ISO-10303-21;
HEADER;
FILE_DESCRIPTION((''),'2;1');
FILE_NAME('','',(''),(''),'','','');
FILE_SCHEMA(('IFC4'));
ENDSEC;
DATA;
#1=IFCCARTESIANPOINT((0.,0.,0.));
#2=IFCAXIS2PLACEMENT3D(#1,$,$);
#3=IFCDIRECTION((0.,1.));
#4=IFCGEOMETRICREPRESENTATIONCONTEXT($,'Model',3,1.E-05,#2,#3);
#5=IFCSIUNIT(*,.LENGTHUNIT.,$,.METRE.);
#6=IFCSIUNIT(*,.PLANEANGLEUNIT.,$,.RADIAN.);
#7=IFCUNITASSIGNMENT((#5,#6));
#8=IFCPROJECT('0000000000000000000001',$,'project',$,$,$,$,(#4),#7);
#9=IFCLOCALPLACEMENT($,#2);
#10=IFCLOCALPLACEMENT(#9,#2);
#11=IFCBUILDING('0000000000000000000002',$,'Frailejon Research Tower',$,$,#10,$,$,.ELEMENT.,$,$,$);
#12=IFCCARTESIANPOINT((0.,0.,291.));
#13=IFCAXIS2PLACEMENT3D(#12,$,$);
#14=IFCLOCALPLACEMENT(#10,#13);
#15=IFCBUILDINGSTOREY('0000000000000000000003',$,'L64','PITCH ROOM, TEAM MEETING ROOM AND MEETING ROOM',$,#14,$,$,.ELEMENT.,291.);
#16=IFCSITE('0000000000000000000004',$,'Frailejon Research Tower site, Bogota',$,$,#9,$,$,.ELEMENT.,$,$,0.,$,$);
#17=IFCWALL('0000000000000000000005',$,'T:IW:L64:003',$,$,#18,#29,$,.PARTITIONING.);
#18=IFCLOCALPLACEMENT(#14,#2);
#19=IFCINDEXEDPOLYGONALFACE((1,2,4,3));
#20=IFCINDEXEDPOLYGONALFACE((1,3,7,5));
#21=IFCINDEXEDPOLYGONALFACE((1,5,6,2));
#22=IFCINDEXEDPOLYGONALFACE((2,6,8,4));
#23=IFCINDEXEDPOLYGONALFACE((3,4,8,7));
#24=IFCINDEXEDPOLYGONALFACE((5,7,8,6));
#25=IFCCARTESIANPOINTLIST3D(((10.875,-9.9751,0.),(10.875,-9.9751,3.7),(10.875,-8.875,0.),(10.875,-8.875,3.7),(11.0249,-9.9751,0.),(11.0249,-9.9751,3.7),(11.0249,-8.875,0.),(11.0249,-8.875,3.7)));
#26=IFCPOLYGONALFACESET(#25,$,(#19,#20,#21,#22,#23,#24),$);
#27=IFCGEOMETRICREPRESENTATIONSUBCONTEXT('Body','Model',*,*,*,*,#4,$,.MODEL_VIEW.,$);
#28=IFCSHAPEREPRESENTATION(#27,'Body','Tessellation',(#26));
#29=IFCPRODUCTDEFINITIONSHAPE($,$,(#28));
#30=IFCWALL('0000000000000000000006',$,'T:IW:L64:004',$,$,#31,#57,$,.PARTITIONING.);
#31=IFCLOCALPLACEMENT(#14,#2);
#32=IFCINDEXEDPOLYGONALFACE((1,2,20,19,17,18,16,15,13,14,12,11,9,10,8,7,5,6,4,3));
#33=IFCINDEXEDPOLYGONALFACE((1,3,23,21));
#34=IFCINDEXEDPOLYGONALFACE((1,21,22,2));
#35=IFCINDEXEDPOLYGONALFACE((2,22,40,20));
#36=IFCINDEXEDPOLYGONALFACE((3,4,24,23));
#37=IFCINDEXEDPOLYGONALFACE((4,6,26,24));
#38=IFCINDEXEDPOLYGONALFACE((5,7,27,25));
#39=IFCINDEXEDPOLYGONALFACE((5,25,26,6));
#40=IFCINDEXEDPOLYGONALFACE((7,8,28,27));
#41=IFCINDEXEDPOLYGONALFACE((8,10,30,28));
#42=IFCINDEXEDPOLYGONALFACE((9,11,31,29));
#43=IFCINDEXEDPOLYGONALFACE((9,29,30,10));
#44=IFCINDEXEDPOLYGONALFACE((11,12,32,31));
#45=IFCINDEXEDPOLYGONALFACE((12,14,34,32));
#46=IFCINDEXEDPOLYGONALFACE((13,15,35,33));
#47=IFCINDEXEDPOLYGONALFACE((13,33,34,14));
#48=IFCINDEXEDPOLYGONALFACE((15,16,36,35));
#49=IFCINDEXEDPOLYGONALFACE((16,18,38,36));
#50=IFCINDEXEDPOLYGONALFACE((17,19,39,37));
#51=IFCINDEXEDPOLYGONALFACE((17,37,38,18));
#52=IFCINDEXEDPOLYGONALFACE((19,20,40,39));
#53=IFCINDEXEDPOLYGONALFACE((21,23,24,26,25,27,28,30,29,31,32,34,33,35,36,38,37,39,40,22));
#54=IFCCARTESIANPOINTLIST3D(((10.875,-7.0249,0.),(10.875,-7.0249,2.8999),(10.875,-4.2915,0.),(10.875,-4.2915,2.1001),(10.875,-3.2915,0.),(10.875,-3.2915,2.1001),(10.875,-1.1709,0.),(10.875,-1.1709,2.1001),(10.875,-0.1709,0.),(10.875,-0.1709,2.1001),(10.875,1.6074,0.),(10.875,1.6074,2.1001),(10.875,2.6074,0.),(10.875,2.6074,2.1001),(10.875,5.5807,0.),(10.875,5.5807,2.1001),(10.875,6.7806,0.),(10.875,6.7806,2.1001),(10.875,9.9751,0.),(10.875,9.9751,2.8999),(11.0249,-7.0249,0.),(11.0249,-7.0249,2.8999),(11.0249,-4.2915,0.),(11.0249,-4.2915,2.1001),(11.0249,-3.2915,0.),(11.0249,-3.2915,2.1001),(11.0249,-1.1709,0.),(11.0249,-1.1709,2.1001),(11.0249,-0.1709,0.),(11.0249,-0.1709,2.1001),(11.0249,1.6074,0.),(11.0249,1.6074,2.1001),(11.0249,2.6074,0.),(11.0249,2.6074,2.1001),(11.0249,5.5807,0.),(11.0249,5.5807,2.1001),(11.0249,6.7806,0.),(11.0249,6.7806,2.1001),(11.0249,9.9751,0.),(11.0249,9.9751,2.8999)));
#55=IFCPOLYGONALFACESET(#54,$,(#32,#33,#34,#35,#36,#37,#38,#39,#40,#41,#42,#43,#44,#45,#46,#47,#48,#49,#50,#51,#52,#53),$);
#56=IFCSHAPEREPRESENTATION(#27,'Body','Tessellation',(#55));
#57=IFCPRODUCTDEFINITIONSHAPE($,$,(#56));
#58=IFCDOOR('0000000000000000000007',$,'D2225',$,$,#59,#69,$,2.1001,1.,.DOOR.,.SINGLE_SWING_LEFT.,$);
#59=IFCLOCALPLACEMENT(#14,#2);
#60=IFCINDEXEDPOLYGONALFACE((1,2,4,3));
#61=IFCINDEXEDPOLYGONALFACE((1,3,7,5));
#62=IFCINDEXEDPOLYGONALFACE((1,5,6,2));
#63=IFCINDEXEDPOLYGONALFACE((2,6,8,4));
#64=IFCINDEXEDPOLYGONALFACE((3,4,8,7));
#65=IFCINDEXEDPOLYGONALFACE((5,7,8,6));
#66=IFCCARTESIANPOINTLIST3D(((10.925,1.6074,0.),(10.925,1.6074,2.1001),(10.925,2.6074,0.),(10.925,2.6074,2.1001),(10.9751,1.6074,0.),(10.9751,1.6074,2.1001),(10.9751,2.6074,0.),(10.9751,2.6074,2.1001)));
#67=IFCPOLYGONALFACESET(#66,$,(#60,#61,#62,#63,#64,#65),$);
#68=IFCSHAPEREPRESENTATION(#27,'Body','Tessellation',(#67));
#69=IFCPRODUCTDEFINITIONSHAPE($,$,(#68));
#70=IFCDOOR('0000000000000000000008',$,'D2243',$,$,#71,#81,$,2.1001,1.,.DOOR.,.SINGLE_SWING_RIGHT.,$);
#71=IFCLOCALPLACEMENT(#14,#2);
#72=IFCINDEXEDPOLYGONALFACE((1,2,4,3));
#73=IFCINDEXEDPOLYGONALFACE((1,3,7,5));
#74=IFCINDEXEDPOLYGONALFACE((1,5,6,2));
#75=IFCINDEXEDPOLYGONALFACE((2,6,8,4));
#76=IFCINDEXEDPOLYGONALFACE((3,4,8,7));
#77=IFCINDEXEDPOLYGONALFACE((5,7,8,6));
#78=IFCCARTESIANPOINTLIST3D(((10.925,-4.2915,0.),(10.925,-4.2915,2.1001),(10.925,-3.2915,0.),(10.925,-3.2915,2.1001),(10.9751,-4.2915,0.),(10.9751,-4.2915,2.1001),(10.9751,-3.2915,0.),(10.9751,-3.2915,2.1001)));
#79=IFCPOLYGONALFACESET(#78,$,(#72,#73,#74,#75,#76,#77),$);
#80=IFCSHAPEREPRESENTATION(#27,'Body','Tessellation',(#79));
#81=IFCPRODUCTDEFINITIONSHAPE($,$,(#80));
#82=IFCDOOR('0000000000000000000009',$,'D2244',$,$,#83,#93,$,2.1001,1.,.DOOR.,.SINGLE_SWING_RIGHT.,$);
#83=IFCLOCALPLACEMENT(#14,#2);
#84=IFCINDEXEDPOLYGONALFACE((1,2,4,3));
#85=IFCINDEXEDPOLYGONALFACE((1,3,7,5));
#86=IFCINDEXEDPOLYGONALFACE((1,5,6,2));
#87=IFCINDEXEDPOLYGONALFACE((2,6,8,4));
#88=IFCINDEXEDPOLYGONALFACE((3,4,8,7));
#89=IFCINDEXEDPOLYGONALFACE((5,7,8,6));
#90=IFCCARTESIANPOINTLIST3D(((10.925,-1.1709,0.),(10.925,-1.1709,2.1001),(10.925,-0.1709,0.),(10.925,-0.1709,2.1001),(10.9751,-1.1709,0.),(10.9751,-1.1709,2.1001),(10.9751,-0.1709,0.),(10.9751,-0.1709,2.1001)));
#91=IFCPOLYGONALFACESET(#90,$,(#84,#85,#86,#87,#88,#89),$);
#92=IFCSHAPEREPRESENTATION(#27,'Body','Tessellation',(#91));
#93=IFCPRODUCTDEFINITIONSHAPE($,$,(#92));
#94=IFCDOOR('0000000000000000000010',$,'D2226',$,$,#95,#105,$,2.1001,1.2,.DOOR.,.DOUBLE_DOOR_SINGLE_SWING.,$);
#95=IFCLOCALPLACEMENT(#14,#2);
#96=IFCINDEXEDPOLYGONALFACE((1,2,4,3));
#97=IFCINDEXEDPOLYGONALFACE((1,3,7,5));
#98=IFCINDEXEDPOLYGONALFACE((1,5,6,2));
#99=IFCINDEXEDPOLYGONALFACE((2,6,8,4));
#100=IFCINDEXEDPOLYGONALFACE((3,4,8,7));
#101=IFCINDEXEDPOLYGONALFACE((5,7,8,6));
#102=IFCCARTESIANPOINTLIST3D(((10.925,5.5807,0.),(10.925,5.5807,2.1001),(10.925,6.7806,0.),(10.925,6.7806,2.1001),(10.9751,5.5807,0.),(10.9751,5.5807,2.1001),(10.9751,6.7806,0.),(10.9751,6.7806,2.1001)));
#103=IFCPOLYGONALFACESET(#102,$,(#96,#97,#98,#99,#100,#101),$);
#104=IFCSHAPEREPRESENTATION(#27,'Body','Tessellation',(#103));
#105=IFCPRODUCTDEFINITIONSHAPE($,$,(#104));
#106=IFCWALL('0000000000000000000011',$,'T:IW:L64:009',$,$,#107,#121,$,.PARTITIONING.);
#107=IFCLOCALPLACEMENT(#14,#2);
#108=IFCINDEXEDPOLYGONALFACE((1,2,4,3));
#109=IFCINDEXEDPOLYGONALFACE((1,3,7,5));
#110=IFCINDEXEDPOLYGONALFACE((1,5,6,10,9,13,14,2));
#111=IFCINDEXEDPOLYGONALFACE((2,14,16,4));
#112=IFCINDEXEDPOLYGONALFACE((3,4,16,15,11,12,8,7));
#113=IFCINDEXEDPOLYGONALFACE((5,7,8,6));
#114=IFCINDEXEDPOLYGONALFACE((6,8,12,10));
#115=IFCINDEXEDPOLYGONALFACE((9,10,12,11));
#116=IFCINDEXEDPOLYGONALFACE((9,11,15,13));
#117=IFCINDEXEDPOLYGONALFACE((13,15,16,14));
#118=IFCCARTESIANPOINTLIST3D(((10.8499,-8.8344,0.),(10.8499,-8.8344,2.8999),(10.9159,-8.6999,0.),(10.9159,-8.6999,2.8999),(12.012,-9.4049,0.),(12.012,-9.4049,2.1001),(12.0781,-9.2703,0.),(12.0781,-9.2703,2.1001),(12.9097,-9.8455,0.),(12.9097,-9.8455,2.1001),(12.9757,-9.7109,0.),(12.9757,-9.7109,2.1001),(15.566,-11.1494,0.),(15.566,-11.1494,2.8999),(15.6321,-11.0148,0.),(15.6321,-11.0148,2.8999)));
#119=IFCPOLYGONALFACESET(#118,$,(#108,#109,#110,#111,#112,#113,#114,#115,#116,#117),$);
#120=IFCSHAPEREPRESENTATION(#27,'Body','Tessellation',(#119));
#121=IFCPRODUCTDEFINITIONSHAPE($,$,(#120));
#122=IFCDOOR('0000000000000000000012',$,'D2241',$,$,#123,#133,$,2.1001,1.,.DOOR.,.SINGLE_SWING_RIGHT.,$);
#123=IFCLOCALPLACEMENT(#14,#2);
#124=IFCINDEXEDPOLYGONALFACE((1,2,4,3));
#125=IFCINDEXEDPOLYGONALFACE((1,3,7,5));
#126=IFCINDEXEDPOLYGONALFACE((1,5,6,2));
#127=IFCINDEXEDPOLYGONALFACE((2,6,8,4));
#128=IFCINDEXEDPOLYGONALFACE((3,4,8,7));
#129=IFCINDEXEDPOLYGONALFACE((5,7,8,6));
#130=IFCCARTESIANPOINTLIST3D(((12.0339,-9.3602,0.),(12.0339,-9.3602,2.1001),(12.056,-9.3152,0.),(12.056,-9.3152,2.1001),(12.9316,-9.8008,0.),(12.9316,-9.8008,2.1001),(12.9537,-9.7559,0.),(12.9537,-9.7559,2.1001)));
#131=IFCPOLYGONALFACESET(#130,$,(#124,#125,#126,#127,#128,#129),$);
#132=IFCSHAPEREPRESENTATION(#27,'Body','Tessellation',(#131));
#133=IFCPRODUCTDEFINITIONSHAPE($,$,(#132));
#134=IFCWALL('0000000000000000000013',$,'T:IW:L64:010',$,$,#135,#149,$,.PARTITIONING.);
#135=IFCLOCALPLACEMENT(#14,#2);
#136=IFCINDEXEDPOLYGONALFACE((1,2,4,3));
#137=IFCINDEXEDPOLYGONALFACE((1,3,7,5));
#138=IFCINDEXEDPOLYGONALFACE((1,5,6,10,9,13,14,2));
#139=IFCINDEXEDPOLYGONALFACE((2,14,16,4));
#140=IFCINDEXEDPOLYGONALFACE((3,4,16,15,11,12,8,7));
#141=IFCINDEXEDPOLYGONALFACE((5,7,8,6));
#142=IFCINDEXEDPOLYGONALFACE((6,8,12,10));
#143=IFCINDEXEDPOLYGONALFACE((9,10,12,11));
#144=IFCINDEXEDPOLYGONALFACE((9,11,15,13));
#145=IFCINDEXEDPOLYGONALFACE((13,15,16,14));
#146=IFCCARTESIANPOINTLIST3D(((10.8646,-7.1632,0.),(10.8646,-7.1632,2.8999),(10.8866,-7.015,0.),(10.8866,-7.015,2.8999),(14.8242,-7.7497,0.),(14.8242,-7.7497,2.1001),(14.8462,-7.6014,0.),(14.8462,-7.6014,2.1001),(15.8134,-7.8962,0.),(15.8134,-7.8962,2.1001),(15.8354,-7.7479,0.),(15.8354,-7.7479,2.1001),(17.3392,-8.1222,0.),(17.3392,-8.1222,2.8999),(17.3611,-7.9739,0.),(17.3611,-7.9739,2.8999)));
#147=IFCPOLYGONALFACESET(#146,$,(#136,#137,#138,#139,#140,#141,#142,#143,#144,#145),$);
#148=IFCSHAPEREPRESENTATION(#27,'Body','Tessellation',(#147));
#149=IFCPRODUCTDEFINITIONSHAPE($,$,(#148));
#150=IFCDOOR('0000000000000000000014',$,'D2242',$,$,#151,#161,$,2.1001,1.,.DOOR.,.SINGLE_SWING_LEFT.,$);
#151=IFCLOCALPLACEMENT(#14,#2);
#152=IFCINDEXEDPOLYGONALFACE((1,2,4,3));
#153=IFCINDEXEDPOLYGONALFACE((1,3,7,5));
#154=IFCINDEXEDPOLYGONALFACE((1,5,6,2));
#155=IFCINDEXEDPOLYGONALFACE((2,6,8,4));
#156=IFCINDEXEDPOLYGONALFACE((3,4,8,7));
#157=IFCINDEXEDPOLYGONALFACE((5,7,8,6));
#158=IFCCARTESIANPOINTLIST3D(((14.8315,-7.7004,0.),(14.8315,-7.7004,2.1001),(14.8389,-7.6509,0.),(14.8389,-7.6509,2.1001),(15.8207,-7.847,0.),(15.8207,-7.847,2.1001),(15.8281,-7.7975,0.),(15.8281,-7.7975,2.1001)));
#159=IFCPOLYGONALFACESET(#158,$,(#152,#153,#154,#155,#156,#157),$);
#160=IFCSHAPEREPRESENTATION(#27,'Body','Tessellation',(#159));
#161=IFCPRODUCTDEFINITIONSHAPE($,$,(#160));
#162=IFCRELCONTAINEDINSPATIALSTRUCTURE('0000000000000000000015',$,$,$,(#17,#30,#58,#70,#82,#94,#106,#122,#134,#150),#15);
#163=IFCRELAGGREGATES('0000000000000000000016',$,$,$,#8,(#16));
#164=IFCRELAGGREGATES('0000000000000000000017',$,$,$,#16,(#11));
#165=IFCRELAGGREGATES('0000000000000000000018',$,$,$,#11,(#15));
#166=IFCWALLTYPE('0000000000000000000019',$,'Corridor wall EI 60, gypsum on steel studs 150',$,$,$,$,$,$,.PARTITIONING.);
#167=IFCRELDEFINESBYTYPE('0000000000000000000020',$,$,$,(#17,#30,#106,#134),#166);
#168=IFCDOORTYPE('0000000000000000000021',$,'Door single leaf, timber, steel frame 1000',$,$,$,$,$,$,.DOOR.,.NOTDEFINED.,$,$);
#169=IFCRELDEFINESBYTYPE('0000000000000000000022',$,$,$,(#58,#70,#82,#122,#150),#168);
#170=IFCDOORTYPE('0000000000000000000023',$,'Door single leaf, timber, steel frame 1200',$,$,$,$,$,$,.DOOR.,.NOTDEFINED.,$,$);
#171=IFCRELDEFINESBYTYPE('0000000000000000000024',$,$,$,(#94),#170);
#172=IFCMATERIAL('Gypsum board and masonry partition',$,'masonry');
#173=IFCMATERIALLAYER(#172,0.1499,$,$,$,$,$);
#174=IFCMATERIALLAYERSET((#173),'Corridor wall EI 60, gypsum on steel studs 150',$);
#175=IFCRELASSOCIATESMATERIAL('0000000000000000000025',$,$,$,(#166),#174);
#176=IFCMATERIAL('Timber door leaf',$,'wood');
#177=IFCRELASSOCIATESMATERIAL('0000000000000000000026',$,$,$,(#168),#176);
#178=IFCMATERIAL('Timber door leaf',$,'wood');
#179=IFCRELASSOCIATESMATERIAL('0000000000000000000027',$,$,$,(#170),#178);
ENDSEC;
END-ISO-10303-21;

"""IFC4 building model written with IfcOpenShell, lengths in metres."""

from ifc_helpers import new_model, si_unit, direction, frame, frame_2d, origin, place, context, subcontext, project, spatial, rectangle, extrude, material, layer, layer_set, type_object, element, fill, save


model = new_model("IFC4")

# Units and contexts
model_context = context("Model", 3, precision=1e-05, world=origin(), true_north=direction((0.0, 1.0)))
body_context = subcontext(model_context, "Body", "Model", "MODEL_VIEW")
ifc_project = project(units=[si_unit("LENGTHUNIT", "METRE"), si_unit("PLANEANGLEUNIT", "RADIAN")], contexts=[model_context])

# Site, building, storey
site_placement = place(None, origin())
site = spatial("IfcSite", under=ifc_project, at=site_placement, Name="Frailejon Research Tower site, Bogota", CompositionType="ELEMENT", RefElevation=0.0)
building_placement = place(site_placement, origin())
building = spatial("IfcBuilding", under=site, at=building_placement, Name="Frailejon Research Tower", CompositionType="ELEMENT")
storey_placement = place(building_placement, frame((0.0, 0.0, 291.0)))
storey = spatial("IfcBuildingStorey", under=building, at=storey_placement, Name="L64", Description="PITCH ROOM, TEAM MEETING ROOM AND MEETING ROOM", CompositionType="ELEMENT", Elevation=291.0)

# Wall
ifc_material_1 = material(Name="Gypsum board and masonry partition", Category="masonry")
ifc_layer_1 = layer(ifc_material_1, 0.1499)
ifc_layer_set_1 = layer_set([ifc_layer_1], Name="Corridor wall EI 60, gypsum on steel studs 150")
wall_type_1 = type_object("IfcWallType", Name="Corridor wall EI 60, gypsum on steel studs 150", PredefinedType="PARTITIONING", material=ifc_layer_set_1)
wall_1_placement = place(storey_placement, frame((10.95, -9.9751, 0.0), z_axis=(0.0, 0.0, 1.0), x_axis=(0.0, 1.0, 0.0)))
element("IfcWall", 1, at=wall_1_placement, inside=storey, type_object=wall_type_1, Name="T:IW:L64:003", PredefinedType="PARTITIONING", context=body_context, shape_type="SweptSolid", body=[
    extrude(rectangle(XDim=1.1001, YDim=0.1499, at=frame_2d((0.55, 0.0))), origin(), (0.0, 0.0, 1.0), 3.7),
])

# Wall, openings, doors
wall_2_placement = place(storey_placement, frame((10.95, -7.0249, 0.0), z_axis=(0.0, 0.0, 1.0), x_axis=(0.0, 1.0, 0.0)))
wall_2 = element("IfcWall", 2, at=wall_2_placement, inside=storey, type_object=wall_type_1, Name="T:IW:L64:004", PredefinedType="PARTITIONING", context=body_context, shape_type="SweptSolid", body=[
    extrude(rectangle(XDim=17.0, YDim=0.1499, at=frame_2d((8.5, 0.0))), origin(), (0.0, 0.0, 1.0), 2.8999),
])
opening_1_placement = place(wall_2_placement, frame((8.6323, 0.0, 0.0)))
opening_1 = element("IfcOpeningElement", 3, at=opening_1_placement, cuts=wall_2, PredefinedType="OPENING", context=body_context, shape_type="SweptSolid", body=[
    extrude(rectangle(XDim=1.0, YDim=2.1001, at=frame_2d((0.5, 1.05))), frame((0.0, 0.085, 0.0), z_axis=(0.0, -1.0, 0.0), x_axis=(1.0, 0.0, 0.0)), (0.0, 0.0, 1.0), 0.1699),
])
opening_2_placement = place(wall_2_placement, frame((12.6055, 0.0, 0.0)))
opening_2 = element("IfcOpeningElement", 4, at=opening_2_placement, cuts=wall_2, PredefinedType="OPENING", context=body_context, shape_type="SweptSolid", body=[
    extrude(rectangle(XDim=1.2, YDim=2.1001, at=frame_2d((0.6001, 1.05))), frame((0.0, 0.085, 0.0), z_axis=(0.0, -1.0, 0.0), x_axis=(1.0, 0.0, 0.0)), (0.0, 0.0, 1.0), 0.1699),
])
opening_3_placement = place(wall_2_placement, frame((2.7334, 0.0, 0.0)))
opening_3 = element("IfcOpeningElement", 5, at=opening_3_placement, cuts=wall_2, PredefinedType="OPENING", context=body_context, shape_type="SweptSolid", body=[
    extrude(rectangle(XDim=1.0, YDim=2.1001, at=frame_2d((0.5, 1.05))), frame((0.0, 0.085, 0.0), z_axis=(0.0, -1.0, 0.0), x_axis=(1.0, 0.0, 0.0)), (0.0, 0.0, 1.0), 0.1699),
])
opening_4_placement = place(wall_2_placement, frame((5.854, 0.0, 0.0)))
opening_4 = element("IfcOpeningElement", 6, at=opening_4_placement, cuts=wall_2, PredefinedType="OPENING", context=body_context, shape_type="SweptSolid", body=[
    extrude(rectangle(XDim=1.0, YDim=2.1001, at=frame_2d((0.5, 1.05))), frame((0.0, 0.085, 0.0), z_axis=(0.0, -1.0, 0.0), x_axis=(1.0, 0.0, 0.0)), (0.0, 0.0, 1.0), 0.1699),
])
ifc_material_2 = material(Name="Timber door leaf", Category="wood")
door_type_1 = type_object("IfcDoorType", Name="Door single leaf, timber, steel frame 1000", OperationType="NOTDEFINED", PredefinedType="DOOR", material=ifc_material_2)
door_1_placement = place(opening_1_placement, origin())
door_1 = element("IfcDoor", 7, at=door_1_placement, inside=storey, type_object=door_type_1, Name="D2225", OperationType="SINGLE_SWING_LEFT", OverallHeight=2.1001, OverallWidth=1.0, PredefinedType="DOOR", context=body_context, shape_type="SweptSolid", body=[
    extrude(rectangle(XDim=1.0, YDim=2.1001, at=frame_2d((0.5, 1.05))), frame((0.0, 0.0249, 0.0), z_axis=(0.0, -1.0, 0.0), x_axis=(1.0, 0.0, 0.0)), (0.0, 0.0, 1.0), 0.05),
])
fill(opening_1, door_1)
door_2_placement = place(opening_3_placement, origin())
door_2 = element("IfcDoor", 8, at=door_2_placement, inside=storey, type_object=door_type_1, Name="D2243", OperationType="SINGLE_SWING_RIGHT", OverallHeight=2.1001, OverallWidth=1.0, PredefinedType="DOOR", context=body_context, shape_type="SweptSolid", body=[
    extrude(rectangle(XDim=1.0, YDim=2.1001, at=frame_2d((0.5, 1.05))), frame((0.0, 0.0249, 0.0), z_axis=(0.0, -1.0, 0.0), x_axis=(1.0, 0.0, 0.0)), (0.0, 0.0, 1.0), 0.05),
])
fill(opening_3, door_2)
door_3_placement = place(opening_4_placement, origin())
door_3 = element("IfcDoor", 9, at=door_3_placement, inside=storey, type_object=door_type_1, Name="D2244", OperationType="SINGLE_SWING_RIGHT", OverallHeight=2.1001, OverallWidth=1.0, PredefinedType="DOOR", context=body_context, shape_type="SweptSolid", body=[
    extrude(rectangle(XDim=1.0, YDim=2.1001, at=frame_2d((0.5, 1.05))), frame((0.0, 0.0249, 0.0), z_axis=(0.0, -1.0, 0.0), x_axis=(1.0, 0.0, 0.0)), (0.0, 0.0, 1.0), 0.05),
])
fill(opening_4, door_3)
ifc_material_3 = material(Name="Timber door leaf", Category="wood")
door_type_2 = type_object("IfcDoorType", Name="Door single leaf, timber, steel frame 1200", OperationType="NOTDEFINED", PredefinedType="DOOR", material=ifc_material_3)
door_4_placement = place(opening_2_placement, origin())
door_4 = element("IfcDoor", 10, at=door_4_placement, inside=storey, type_object=door_type_2, Name="D2226", OperationType="DOUBLE_DOOR_SINGLE_SWING", OverallHeight=2.1001, OverallWidth=1.2, PredefinedType="DOOR", context=body_context, shape_type="SweptSolid", body=[
    extrude(rectangle(XDim=1.2, YDim=2.1001, at=frame_2d((0.6001, 1.05))), frame((0.0, 0.0249, 0.0), z_axis=(0.0, -1.0, 0.0), x_axis=(1.0, 0.0, 0.0)), (0.0, 0.0, 1.0), 0.05),
])
fill(opening_2, door_4)

# Walls, openings, doors
wall_3_placement = place(storey_placement, frame((10.8828, -8.7671, 0.0), z_axis=(0.0, 0.0, 1.0), x_axis=(0.897684, -0.44064, 0.0)))
wall_3 = element("IfcWall", 11, at=wall_3_placement, inside=storey, type_object=wall_type_1, Name="T:IW:L64:009", PredefinedType="PARTITIONING", context=body_context, shape_type="SweptSolid", body=[
    extrude(rectangle(XDim=5.2537, YDim=0.1499, at=frame_2d((2.627, 0.0))), origin(), (0.0, 0.0, 1.0), 2.8999),
])
opening_5_placement = place(wall_3_placement, frame((1.2947, 0.0, 0.0)))
opening_5 = element("IfcOpeningElement", 12, at=opening_5_placement, cuts=wall_3, PredefinedType="OPENING", context=body_context, shape_type="SweptSolid", body=[
    extrude(rectangle(XDim=1.0, YDim=2.1001, at=frame_2d((0.5, 1.05))), frame((0.0, 0.085, 0.0), z_axis=(0.0, -1.0, 0.0), x_axis=(1.0, 0.0, 0.0)), (0.0, 0.0, 1.0), 0.1699),
])
door_5_placement = place(opening_5_placement, origin())
door_5 = element("IfcDoor", 13, at=door_5_placement, inside=storey, type_object=door_type_1, Name="D2241", OperationType="SINGLE_SWING_RIGHT", OverallHeight=2.1001, OverallWidth=1.0, PredefinedType="DOOR", context=body_context, shape_type="SweptSolid", body=[
    extrude(rectangle(XDim=1.0, YDim=2.1001, at=frame_2d((0.5, 1.05))), frame((0.0, 0.0249, 0.0), z_axis=(0.0, -1.0, 0.0), x_axis=(1.0, 0.0, 0.0)), (0.0, 0.0, 1.0), 0.05),
])
fill(opening_5, door_5)
wall_4_placement = place(storey_placement, frame((10.8757, -7.0891, 0.0), z_axis=(0.0, 0.0, 1.0), x_axis=(0.989208, -0.146516, 0.0)))
wall_4 = element("IfcWall", 14, at=wall_4_placement, inside=storey, type_object=wall_type_1, Name="T:IW:L64:010", PredefinedType="PARTITIONING", context=body_context, shape_type="SweptSolid", body=[
    extrude(rectangle(XDim=6.5452, YDim=0.1499, at=frame_2d((3.2725, 0.0))), origin(), (0.0, 0.0, 1.0), 2.8999),
])
opening_6_placement = place(wall_4_placement, frame((4.0027, 0.0, 0.0)))
opening_6 = element("IfcOpeningElement", 15, at=opening_6_placement, cuts=wall_4, PredefinedType="OPENING", context=body_context, shape_type="SweptSolid", body=[
    extrude(rectangle(XDim=1.0, YDim=2.1001, at=frame_2d((0.5, 1.05))), frame((0.0, 0.085, 0.0), z_axis=(0.0, -1.0, 0.0), x_axis=(1.0, 0.0, 0.0)), (0.0, 0.0, 1.0), 0.1699),
])
door_6_placement = place(opening_6_placement, origin())
door_6 = element("IfcDoor", 16, at=door_6_placement, inside=storey, type_object=door_type_1, Name="D2242", OperationType="SINGLE_SWING_LEFT", OverallHeight=2.1001, OverallWidth=1.0, PredefinedType="DOOR", context=body_context, shape_type="SweptSolid", body=[
    extrude(rectangle(XDim=1.0, YDim=2.1001, at=frame_2d((0.5, 1.05))), frame((0.0, 0.0249, 0.0), z_axis=(0.0, -1.0, 0.0), x_axis=(1.0, 0.0, 0.0)), (0.0, 0.0, 1.0), 0.05),
])
fill(opening_6, door_6)

save(model, "model.ifc")
